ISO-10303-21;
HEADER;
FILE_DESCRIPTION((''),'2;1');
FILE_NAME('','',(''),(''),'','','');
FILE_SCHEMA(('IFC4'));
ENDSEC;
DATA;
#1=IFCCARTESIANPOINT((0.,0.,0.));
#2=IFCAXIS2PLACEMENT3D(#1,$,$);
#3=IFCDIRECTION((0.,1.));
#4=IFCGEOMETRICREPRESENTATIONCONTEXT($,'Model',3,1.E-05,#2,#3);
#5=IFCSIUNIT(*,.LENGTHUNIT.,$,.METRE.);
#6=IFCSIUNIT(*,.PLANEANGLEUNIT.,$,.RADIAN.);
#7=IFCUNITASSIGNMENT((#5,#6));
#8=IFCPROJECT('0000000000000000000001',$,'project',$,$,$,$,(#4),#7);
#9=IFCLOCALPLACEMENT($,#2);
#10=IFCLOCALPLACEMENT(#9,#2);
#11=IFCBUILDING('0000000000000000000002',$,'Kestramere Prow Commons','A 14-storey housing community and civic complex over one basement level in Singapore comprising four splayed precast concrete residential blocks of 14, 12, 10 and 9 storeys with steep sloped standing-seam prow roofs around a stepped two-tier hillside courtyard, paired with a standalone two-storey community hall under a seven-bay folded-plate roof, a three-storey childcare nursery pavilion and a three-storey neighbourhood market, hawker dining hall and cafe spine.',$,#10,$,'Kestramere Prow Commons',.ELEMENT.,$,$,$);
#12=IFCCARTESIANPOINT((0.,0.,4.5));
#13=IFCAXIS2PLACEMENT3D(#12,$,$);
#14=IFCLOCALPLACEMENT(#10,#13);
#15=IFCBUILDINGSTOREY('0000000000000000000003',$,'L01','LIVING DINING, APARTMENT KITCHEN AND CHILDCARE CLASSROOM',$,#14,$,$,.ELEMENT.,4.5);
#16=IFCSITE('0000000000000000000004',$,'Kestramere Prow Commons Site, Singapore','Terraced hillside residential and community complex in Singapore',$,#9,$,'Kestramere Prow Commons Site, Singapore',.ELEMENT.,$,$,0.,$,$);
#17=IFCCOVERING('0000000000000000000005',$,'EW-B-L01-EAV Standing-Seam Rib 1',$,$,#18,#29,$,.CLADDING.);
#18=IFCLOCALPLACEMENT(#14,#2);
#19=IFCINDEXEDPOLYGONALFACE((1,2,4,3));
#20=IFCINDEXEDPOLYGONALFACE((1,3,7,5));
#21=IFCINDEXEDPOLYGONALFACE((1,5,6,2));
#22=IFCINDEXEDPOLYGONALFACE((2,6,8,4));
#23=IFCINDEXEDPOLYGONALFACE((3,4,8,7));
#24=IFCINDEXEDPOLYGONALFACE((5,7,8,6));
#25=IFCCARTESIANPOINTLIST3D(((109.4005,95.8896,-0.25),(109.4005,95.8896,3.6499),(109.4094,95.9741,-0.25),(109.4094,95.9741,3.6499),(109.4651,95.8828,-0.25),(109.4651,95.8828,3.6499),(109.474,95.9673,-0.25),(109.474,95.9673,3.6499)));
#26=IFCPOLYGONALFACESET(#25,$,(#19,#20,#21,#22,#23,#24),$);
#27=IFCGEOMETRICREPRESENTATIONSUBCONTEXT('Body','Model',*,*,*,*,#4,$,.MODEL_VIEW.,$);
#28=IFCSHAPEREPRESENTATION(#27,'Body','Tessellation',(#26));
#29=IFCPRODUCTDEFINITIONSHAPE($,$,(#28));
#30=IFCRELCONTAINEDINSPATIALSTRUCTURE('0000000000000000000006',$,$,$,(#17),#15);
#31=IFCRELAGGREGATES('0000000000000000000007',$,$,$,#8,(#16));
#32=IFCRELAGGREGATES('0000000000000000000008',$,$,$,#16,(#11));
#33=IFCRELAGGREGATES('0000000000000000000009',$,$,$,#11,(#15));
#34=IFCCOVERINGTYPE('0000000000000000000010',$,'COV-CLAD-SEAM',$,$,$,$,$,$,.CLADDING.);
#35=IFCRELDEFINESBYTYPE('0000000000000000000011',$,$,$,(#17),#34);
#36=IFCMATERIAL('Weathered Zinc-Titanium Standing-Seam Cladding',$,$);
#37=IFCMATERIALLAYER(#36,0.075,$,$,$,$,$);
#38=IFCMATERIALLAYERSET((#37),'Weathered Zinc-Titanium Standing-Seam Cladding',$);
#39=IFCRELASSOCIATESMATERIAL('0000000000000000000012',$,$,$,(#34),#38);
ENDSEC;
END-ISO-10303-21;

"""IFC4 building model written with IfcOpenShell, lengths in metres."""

from ifc_helpers import new_model, si_unit, direction, frame, origin, origin_2d, place, context, subcontext, project, spatial, rectangle, extrude, material, layer, layer_set, type_object, element, save


model = new_model("IFC4")

# Units and contexts
model_context = context("Model", 3, precision=1e-05, world=origin(), true_north=direction((0.0, 1.0)))
body_context = subcontext(model_context, "Body", "Model", "MODEL_VIEW")
ifc_project = project(units=[si_unit("LENGTHUNIT", "METRE"), si_unit("PLANEANGLEUNIT", "RADIAN")], contexts=[model_context])

# Site, building, storey
site_placement = place(None, origin())
site = spatial("IfcSite", under=ifc_project, at=site_placement, Name="Kestramere Prow Commons Site, Singapore", Description="Terraced hillside residential and community complex in Singapore", LongName="Kestramere Prow Commons Site, Singapore", CompositionType="ELEMENT", RefElevation=0.0)
building_placement = place(site_placement, origin())
building = spatial("IfcBuilding", under=site, at=building_placement, Name="Kestramere Prow Commons", Description="A 14-storey housing community and civic complex over one basement level in Singapore comprising four splayed precast concrete residential blocks of 14, 12, 10 and 9 storeys with steep sloped standing-seam prow roofs around a stepped two-tier hillside courtyard, paired with a standalone two-storey community hall under a seven-bay folded-plate roof, a three-storey childcare nursery pavilion and a three-storey neighbourhood market, hawker dining hall and cafe spine.", LongName="Kestramere Prow Commons", CompositionType="ELEMENT")
storey_placement = place(building_placement, frame((0.0, 0.0, 4.5)))
storey = spatial("IfcBuildingStorey", under=building, at=storey_placement, Name="L01", Description="LIVING DINING, APARTMENT KITCHEN AND CHILDCARE CLASSROOM", CompositionType="ELEMENT", Elevation=4.5)

# Covering
ifc_material_1 = material(Name="Weathered Zinc-Titanium Standing-Seam Cladding")
ifc_layer_1 = layer(ifc_material_1, 0.075)
ifc_layer_set_1 = layer_set([ifc_layer_1], Name="Weathered Zinc-Titanium Standing-Seam Cladding")
covering_type = type_object("IfcCoveringType", Name="COV-CLAD-SEAM", PredefinedType="CLADDING", material=ifc_layer_set_1)
covering_placement = place(storey_placement, frame((109.4373, 95.9285, -0.25), z_axis=(0.0, 0.0, 1.0), x_axis=(0.104528, 0.994522, 0.0)))
element("IfcCovering", 1, at=covering_placement, inside=storey, type_object=covering_type, Name="EW-B-L01-EAV Standing-Seam Rib 1", PredefinedType="CLADDING", context=body_context, shape_type="SweptSolid", body=[
    extrude(rectangle(XDim=0.085, YDim=0.0649, at=origin_2d()), origin(), (0.0, 0.0, 1.0), 3.8999),
])

save(model, "model.ifc")
